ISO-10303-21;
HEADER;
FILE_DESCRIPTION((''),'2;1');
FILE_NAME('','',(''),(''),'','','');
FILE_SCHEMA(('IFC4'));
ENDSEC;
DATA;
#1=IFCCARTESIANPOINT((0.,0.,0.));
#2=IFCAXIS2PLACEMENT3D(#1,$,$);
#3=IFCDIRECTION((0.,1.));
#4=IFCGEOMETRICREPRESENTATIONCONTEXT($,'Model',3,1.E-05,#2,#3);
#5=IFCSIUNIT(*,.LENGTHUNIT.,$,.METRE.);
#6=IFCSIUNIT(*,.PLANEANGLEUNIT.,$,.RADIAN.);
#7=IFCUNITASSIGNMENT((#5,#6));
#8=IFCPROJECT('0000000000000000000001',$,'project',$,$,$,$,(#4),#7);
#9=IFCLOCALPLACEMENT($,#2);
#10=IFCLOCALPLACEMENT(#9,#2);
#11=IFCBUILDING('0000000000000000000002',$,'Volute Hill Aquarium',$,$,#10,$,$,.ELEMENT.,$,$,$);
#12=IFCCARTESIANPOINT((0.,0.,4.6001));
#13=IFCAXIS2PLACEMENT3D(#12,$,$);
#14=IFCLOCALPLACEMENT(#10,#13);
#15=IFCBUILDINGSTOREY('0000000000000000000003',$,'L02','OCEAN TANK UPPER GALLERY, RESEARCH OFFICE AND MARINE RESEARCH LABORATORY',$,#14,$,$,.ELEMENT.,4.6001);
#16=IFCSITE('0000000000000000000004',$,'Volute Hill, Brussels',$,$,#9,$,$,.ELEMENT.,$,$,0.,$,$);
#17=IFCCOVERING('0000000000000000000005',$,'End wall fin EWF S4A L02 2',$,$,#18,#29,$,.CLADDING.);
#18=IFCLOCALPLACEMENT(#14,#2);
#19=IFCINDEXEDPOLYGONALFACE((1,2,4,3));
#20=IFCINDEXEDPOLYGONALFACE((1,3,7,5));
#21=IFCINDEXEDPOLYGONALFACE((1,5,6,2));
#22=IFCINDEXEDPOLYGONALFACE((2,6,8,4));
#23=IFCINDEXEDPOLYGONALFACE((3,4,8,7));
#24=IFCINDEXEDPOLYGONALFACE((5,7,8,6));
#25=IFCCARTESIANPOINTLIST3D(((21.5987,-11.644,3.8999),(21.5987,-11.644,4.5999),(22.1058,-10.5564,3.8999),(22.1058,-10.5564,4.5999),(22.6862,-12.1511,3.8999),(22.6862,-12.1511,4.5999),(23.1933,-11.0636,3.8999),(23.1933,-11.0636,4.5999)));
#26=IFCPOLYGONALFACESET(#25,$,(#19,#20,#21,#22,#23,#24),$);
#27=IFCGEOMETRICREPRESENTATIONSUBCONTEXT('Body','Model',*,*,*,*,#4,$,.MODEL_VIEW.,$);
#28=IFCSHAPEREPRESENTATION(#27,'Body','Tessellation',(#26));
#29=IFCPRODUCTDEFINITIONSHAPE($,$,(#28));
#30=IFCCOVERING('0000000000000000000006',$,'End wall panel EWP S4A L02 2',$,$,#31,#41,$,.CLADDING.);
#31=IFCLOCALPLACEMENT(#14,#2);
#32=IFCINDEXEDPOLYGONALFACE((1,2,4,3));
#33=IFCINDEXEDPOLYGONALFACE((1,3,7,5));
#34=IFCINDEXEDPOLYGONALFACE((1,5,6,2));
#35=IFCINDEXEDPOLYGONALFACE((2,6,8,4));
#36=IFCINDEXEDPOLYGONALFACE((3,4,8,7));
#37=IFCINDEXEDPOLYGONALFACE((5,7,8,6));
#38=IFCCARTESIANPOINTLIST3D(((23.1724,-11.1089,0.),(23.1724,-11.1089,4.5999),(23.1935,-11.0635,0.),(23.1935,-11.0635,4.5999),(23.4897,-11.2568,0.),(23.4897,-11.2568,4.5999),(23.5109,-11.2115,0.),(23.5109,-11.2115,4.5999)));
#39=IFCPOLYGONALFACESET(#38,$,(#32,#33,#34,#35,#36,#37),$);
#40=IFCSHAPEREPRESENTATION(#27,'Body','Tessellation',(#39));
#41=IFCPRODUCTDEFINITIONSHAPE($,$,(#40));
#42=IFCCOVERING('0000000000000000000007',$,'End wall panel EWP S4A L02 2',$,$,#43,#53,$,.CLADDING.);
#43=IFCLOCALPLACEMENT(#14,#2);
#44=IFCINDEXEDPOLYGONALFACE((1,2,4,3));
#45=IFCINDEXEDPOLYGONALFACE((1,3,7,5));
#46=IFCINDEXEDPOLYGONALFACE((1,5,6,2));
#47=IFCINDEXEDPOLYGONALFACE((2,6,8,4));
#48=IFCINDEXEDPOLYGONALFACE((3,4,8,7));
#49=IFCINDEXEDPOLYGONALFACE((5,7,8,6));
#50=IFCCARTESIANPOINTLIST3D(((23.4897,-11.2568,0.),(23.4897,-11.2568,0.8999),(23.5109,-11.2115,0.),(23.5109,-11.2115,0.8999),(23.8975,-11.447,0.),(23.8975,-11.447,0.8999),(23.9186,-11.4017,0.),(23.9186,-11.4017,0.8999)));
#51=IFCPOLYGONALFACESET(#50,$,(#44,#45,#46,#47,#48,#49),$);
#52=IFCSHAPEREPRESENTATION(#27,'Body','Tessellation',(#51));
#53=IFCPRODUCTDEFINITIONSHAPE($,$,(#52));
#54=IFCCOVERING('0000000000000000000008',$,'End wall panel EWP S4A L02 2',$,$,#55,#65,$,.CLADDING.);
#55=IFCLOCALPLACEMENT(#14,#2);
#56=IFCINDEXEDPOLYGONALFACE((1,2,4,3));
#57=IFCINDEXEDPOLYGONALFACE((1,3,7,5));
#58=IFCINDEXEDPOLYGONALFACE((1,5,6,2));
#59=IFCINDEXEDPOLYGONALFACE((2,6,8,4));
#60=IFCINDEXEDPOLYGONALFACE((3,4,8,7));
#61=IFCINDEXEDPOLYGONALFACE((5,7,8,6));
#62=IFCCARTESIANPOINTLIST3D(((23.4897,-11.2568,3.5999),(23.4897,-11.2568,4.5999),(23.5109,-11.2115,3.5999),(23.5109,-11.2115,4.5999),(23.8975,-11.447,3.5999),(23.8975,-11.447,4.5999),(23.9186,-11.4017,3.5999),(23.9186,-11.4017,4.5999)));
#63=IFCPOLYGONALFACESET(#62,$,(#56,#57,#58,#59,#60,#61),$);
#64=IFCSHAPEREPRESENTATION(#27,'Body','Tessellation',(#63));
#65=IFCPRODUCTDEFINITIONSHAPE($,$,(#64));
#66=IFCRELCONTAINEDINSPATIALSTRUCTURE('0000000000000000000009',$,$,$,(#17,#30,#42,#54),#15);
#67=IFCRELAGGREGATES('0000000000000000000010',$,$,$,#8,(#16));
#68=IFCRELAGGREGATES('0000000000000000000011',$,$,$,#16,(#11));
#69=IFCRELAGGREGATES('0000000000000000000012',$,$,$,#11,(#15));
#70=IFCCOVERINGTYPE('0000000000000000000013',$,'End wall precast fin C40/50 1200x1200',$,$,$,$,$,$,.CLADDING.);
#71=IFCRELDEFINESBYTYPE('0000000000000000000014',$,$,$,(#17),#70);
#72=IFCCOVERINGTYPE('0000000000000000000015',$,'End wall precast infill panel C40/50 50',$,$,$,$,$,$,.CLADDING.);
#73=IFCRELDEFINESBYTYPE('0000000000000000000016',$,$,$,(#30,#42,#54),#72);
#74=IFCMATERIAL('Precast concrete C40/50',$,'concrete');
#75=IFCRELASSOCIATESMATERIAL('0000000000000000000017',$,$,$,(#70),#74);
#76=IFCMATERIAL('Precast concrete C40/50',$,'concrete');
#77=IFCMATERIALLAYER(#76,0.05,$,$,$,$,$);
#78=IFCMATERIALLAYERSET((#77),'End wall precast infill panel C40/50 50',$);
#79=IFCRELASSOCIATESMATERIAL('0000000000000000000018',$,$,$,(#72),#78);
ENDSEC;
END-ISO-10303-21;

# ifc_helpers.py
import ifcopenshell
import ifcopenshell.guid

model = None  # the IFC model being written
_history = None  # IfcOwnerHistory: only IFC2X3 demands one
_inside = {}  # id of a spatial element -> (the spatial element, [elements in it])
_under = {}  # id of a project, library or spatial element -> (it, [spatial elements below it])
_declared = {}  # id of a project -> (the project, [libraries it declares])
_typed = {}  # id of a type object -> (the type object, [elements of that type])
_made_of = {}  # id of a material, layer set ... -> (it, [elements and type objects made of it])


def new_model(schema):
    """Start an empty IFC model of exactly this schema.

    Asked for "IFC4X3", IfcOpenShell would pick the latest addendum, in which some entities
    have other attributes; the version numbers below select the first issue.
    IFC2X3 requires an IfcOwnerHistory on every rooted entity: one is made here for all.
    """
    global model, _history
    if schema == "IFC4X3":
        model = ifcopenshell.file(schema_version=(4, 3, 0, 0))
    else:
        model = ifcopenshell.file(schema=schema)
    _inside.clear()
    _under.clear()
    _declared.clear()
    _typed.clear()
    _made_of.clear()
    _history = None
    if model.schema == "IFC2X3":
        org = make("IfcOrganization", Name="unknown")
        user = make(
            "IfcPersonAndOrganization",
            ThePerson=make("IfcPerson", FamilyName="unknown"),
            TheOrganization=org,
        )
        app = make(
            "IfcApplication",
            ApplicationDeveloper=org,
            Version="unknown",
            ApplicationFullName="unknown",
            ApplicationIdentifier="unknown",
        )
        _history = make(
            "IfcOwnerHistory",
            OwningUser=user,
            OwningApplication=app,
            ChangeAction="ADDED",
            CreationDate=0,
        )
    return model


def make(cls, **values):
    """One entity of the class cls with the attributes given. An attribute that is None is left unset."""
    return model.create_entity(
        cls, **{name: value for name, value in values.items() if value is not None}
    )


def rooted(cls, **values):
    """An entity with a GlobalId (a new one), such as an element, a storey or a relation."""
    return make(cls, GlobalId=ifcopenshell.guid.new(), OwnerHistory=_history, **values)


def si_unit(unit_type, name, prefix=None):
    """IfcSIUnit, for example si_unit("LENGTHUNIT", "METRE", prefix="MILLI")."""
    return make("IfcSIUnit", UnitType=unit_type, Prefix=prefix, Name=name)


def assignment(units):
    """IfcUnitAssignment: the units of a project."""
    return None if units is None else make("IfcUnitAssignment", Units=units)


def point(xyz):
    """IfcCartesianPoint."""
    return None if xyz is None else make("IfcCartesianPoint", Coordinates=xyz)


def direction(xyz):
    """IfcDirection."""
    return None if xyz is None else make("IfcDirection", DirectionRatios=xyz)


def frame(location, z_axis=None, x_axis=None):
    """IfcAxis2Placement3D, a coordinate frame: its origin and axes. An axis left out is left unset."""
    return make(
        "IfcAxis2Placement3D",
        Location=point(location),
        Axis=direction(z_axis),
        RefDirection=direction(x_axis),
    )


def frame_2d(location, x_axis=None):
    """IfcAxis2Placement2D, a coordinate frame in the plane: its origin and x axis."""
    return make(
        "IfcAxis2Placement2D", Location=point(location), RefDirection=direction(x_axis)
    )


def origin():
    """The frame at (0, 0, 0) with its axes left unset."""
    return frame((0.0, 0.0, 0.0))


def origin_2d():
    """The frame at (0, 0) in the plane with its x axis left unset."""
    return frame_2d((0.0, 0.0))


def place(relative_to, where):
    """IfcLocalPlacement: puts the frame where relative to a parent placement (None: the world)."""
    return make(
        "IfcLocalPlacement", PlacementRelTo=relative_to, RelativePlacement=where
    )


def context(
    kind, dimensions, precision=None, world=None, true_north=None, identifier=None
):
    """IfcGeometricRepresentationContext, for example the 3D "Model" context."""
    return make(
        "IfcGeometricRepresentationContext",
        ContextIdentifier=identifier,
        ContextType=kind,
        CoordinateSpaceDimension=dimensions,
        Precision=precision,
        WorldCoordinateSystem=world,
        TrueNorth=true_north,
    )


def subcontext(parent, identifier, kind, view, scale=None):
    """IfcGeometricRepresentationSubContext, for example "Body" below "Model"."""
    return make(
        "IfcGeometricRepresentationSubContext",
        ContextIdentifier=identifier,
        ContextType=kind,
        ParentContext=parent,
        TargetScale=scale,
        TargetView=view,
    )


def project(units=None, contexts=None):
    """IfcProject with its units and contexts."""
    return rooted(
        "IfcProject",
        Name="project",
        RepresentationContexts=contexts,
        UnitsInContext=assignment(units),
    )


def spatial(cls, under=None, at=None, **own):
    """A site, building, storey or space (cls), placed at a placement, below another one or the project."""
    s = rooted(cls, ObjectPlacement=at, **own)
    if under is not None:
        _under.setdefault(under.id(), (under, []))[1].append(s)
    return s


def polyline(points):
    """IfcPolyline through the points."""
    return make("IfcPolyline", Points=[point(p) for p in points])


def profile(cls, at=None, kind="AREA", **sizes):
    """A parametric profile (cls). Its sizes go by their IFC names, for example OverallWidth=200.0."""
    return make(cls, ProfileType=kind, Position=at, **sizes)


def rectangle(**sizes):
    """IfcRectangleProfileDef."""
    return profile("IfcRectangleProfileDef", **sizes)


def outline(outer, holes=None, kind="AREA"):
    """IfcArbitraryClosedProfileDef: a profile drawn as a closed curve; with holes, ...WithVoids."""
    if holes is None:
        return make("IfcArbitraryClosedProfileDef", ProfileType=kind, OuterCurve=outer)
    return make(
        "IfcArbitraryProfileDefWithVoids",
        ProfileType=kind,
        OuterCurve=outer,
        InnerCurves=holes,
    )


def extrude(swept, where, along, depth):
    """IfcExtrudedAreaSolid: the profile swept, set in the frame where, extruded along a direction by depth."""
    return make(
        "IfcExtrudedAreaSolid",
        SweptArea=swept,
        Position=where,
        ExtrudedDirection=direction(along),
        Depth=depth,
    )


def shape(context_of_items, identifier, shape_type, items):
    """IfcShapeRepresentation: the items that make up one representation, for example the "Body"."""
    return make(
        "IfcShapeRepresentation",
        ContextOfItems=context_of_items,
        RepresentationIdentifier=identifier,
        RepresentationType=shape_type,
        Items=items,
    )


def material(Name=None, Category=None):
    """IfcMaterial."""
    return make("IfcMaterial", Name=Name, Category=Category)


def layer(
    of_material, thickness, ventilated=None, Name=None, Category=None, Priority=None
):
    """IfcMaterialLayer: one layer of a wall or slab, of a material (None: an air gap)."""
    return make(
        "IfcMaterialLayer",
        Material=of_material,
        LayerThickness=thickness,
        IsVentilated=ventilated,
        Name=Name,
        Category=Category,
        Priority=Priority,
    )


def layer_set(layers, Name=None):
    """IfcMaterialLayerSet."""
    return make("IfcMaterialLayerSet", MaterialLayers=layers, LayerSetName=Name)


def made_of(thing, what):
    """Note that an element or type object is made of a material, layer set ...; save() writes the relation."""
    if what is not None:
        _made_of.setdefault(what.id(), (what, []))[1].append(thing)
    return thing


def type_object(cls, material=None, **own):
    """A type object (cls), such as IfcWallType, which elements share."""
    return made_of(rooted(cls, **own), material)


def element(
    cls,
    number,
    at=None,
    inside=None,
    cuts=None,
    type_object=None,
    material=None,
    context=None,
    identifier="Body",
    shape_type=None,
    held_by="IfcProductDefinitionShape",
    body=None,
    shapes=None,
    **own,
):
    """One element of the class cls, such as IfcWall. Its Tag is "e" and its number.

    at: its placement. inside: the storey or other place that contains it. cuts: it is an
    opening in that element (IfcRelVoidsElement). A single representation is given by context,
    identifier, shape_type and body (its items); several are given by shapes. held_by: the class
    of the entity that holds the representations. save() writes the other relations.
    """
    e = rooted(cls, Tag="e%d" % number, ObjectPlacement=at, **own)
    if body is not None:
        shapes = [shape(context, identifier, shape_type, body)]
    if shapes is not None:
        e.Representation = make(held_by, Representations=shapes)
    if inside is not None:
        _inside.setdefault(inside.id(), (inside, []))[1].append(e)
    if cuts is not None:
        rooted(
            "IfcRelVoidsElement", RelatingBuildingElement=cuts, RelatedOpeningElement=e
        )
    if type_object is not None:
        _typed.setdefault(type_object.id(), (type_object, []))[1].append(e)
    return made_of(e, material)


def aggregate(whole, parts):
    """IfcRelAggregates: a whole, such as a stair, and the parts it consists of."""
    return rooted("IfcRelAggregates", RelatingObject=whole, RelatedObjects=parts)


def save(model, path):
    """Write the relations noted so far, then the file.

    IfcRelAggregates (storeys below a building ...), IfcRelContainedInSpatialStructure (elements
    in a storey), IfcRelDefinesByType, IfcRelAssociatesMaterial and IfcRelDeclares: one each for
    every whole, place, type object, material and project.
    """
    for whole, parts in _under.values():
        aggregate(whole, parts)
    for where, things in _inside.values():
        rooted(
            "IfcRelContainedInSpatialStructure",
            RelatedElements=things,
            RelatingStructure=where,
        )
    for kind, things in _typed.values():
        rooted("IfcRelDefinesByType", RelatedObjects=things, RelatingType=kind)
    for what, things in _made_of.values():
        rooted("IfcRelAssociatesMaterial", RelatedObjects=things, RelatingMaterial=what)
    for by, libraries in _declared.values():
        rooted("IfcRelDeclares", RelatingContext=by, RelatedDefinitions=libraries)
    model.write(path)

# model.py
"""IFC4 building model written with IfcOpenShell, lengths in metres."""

from ifc_helpers import new_model, si_unit, direction, frame, origin, origin_2d, place, context, subcontext, project, spatial, polyline, rectangle, outline, extrude, material, layer, layer_set, type_object, element, save


model = new_model("IFC4")

# Units and contexts
model_context = context("Model", 3, precision=1e-05, world=origin(), true_north=direction((0.0, 1.0)))
body_context = subcontext(model_context, "Body", "Model", "MODEL_VIEW")
ifc_project = project(units=[si_unit("LENGTHUNIT", "METRE"), si_unit("PLANEANGLEUNIT", "RADIAN")], contexts=[model_context])

# Site, building, storey
site_placement = place(None, origin())
site = spatial("IfcSite", under=ifc_project, at=site_placement, Name="Volute Hill, Brussels", CompositionType="ELEMENT", RefElevation=0.0)
building_placement = place(site_placement, origin())
building = spatial("IfcBuilding", under=site, at=building_placement, Name="Volute Hill Aquarium", CompositionType="ELEMENT")
storey_placement = place(building_placement, frame((0.0, 0.0, 4.6001)))
storey = spatial("IfcBuildingStorey", under=building, at=storey_placement, Name="L02", Description="OCEAN TANK UPPER GALLERY, RESEARCH OFFICE AND MARINE RESEARCH LABORATORY", CompositionType="ELEMENT", Elevation=4.6001)

# Coverings
ifc_material_1 = material(Name="Precast concrete C40/50", Category="concrete")
covering_type_1 = type_object("IfcCoveringType", Name="End wall precast fin C40/50 1200x1200", PredefinedType="CLADDING", material=ifc_material_1)
covering_1_placement = place(storey_placement, frame((22.396, -11.3538, 3.8999), z_axis=(0.0, 0.0, 1.0), x_axis=(0.906309, -0.422616, 0.0)))
element("IfcCovering", 1, at=covering_1_placement, inside=storey, type_object=covering_type_1, Name="End wall fin EWF S4A L02 2", PredefinedType="CLADDING", context=body_context, shape_type="SweptSolid", body=[
    extrude(rectangle(XDim=1.2, YDim=1.2, at=origin_2d()), origin(), (0.0, 0.0, 1.0), 0.7),
])
ifc_material_2 = material(Name="Precast concrete C40/50", Category="concrete")
ifc_layer_1 = layer(ifc_material_2, 0.05)
ifc_layer_set_1 = layer_set([ifc_layer_1], Name="End wall precast infill panel C40/50 50")
covering_type_2 = type_object("IfcCoveringType", Name="End wall precast infill panel C40/50 50", PredefinedType="CLADDING", material=ifc_layer_set_1)
covering_2_placement = place(storey_placement, frame((23.1724, -11.1089, 0.0), z_axis=(-0.422504, -0.906361, 0.0), x_axis=(0.906361, -0.422504, 0.0)))
element("IfcCovering", 2, at=covering_2_placement, inside=storey, type_object=covering_type_2, Name="End wall panel EWP S4A L02 2", PredefinedType="CLADDING", context=body_context, shape_type="SweptSolid", body=[
    extrude(outline(polyline([(0.0, 0.0), (0.3502, 0.0), (0.3502, 4.5999), (0.0, 4.5999), (0.0, 0.0)])), origin(), (0.0, 0.0, -1.0), 0.05),
])
covering_3_placement = place(storey_placement, frame((23.4897, -11.2568, 0.0), z_axis=(-0.422737, -0.906252, 0.0), x_axis=(0.906252, -0.422737, 0.0)))
element("IfcCovering", 3, at=covering_3_placement, inside=storey, type_object=covering_type_2, Name="End wall panel EWP S4A L02 2", PredefinedType="CLADDING", context=body_context, shape_type="SweptSolid", body=[
    extrude(outline(polyline([(0.0, 0.0), (0.4499, 0.0), (0.4499, 0.8999), (0.0, 0.8999), (0.0, 0.0)])), origin(), (0.0, 0.0, -1.0), 0.05),
])
covering_4_placement = place(storey_placement, frame((23.4897, -11.2568, 3.5999), z_axis=(-0.422737, -0.906252, 0.0), x_axis=(0.906252, -0.422737, 0.0)))
element("IfcCovering", 4, at=covering_4_placement, inside=storey, type_object=covering_type_2, Name="End wall panel EWP S4A L02 2", PredefinedType="CLADDING", context=body_context, shape_type="SweptSolid", body=[
    extrude(outline(polyline([(0.0, 0.0), (0.4499, 0.0), (0.4499, 1.0), (0.0, 1.0), (0.0, 0.0)])), origin(), (0.0, 0.0, -1.0), 0.05),
])

save(model, "model.ifc")
